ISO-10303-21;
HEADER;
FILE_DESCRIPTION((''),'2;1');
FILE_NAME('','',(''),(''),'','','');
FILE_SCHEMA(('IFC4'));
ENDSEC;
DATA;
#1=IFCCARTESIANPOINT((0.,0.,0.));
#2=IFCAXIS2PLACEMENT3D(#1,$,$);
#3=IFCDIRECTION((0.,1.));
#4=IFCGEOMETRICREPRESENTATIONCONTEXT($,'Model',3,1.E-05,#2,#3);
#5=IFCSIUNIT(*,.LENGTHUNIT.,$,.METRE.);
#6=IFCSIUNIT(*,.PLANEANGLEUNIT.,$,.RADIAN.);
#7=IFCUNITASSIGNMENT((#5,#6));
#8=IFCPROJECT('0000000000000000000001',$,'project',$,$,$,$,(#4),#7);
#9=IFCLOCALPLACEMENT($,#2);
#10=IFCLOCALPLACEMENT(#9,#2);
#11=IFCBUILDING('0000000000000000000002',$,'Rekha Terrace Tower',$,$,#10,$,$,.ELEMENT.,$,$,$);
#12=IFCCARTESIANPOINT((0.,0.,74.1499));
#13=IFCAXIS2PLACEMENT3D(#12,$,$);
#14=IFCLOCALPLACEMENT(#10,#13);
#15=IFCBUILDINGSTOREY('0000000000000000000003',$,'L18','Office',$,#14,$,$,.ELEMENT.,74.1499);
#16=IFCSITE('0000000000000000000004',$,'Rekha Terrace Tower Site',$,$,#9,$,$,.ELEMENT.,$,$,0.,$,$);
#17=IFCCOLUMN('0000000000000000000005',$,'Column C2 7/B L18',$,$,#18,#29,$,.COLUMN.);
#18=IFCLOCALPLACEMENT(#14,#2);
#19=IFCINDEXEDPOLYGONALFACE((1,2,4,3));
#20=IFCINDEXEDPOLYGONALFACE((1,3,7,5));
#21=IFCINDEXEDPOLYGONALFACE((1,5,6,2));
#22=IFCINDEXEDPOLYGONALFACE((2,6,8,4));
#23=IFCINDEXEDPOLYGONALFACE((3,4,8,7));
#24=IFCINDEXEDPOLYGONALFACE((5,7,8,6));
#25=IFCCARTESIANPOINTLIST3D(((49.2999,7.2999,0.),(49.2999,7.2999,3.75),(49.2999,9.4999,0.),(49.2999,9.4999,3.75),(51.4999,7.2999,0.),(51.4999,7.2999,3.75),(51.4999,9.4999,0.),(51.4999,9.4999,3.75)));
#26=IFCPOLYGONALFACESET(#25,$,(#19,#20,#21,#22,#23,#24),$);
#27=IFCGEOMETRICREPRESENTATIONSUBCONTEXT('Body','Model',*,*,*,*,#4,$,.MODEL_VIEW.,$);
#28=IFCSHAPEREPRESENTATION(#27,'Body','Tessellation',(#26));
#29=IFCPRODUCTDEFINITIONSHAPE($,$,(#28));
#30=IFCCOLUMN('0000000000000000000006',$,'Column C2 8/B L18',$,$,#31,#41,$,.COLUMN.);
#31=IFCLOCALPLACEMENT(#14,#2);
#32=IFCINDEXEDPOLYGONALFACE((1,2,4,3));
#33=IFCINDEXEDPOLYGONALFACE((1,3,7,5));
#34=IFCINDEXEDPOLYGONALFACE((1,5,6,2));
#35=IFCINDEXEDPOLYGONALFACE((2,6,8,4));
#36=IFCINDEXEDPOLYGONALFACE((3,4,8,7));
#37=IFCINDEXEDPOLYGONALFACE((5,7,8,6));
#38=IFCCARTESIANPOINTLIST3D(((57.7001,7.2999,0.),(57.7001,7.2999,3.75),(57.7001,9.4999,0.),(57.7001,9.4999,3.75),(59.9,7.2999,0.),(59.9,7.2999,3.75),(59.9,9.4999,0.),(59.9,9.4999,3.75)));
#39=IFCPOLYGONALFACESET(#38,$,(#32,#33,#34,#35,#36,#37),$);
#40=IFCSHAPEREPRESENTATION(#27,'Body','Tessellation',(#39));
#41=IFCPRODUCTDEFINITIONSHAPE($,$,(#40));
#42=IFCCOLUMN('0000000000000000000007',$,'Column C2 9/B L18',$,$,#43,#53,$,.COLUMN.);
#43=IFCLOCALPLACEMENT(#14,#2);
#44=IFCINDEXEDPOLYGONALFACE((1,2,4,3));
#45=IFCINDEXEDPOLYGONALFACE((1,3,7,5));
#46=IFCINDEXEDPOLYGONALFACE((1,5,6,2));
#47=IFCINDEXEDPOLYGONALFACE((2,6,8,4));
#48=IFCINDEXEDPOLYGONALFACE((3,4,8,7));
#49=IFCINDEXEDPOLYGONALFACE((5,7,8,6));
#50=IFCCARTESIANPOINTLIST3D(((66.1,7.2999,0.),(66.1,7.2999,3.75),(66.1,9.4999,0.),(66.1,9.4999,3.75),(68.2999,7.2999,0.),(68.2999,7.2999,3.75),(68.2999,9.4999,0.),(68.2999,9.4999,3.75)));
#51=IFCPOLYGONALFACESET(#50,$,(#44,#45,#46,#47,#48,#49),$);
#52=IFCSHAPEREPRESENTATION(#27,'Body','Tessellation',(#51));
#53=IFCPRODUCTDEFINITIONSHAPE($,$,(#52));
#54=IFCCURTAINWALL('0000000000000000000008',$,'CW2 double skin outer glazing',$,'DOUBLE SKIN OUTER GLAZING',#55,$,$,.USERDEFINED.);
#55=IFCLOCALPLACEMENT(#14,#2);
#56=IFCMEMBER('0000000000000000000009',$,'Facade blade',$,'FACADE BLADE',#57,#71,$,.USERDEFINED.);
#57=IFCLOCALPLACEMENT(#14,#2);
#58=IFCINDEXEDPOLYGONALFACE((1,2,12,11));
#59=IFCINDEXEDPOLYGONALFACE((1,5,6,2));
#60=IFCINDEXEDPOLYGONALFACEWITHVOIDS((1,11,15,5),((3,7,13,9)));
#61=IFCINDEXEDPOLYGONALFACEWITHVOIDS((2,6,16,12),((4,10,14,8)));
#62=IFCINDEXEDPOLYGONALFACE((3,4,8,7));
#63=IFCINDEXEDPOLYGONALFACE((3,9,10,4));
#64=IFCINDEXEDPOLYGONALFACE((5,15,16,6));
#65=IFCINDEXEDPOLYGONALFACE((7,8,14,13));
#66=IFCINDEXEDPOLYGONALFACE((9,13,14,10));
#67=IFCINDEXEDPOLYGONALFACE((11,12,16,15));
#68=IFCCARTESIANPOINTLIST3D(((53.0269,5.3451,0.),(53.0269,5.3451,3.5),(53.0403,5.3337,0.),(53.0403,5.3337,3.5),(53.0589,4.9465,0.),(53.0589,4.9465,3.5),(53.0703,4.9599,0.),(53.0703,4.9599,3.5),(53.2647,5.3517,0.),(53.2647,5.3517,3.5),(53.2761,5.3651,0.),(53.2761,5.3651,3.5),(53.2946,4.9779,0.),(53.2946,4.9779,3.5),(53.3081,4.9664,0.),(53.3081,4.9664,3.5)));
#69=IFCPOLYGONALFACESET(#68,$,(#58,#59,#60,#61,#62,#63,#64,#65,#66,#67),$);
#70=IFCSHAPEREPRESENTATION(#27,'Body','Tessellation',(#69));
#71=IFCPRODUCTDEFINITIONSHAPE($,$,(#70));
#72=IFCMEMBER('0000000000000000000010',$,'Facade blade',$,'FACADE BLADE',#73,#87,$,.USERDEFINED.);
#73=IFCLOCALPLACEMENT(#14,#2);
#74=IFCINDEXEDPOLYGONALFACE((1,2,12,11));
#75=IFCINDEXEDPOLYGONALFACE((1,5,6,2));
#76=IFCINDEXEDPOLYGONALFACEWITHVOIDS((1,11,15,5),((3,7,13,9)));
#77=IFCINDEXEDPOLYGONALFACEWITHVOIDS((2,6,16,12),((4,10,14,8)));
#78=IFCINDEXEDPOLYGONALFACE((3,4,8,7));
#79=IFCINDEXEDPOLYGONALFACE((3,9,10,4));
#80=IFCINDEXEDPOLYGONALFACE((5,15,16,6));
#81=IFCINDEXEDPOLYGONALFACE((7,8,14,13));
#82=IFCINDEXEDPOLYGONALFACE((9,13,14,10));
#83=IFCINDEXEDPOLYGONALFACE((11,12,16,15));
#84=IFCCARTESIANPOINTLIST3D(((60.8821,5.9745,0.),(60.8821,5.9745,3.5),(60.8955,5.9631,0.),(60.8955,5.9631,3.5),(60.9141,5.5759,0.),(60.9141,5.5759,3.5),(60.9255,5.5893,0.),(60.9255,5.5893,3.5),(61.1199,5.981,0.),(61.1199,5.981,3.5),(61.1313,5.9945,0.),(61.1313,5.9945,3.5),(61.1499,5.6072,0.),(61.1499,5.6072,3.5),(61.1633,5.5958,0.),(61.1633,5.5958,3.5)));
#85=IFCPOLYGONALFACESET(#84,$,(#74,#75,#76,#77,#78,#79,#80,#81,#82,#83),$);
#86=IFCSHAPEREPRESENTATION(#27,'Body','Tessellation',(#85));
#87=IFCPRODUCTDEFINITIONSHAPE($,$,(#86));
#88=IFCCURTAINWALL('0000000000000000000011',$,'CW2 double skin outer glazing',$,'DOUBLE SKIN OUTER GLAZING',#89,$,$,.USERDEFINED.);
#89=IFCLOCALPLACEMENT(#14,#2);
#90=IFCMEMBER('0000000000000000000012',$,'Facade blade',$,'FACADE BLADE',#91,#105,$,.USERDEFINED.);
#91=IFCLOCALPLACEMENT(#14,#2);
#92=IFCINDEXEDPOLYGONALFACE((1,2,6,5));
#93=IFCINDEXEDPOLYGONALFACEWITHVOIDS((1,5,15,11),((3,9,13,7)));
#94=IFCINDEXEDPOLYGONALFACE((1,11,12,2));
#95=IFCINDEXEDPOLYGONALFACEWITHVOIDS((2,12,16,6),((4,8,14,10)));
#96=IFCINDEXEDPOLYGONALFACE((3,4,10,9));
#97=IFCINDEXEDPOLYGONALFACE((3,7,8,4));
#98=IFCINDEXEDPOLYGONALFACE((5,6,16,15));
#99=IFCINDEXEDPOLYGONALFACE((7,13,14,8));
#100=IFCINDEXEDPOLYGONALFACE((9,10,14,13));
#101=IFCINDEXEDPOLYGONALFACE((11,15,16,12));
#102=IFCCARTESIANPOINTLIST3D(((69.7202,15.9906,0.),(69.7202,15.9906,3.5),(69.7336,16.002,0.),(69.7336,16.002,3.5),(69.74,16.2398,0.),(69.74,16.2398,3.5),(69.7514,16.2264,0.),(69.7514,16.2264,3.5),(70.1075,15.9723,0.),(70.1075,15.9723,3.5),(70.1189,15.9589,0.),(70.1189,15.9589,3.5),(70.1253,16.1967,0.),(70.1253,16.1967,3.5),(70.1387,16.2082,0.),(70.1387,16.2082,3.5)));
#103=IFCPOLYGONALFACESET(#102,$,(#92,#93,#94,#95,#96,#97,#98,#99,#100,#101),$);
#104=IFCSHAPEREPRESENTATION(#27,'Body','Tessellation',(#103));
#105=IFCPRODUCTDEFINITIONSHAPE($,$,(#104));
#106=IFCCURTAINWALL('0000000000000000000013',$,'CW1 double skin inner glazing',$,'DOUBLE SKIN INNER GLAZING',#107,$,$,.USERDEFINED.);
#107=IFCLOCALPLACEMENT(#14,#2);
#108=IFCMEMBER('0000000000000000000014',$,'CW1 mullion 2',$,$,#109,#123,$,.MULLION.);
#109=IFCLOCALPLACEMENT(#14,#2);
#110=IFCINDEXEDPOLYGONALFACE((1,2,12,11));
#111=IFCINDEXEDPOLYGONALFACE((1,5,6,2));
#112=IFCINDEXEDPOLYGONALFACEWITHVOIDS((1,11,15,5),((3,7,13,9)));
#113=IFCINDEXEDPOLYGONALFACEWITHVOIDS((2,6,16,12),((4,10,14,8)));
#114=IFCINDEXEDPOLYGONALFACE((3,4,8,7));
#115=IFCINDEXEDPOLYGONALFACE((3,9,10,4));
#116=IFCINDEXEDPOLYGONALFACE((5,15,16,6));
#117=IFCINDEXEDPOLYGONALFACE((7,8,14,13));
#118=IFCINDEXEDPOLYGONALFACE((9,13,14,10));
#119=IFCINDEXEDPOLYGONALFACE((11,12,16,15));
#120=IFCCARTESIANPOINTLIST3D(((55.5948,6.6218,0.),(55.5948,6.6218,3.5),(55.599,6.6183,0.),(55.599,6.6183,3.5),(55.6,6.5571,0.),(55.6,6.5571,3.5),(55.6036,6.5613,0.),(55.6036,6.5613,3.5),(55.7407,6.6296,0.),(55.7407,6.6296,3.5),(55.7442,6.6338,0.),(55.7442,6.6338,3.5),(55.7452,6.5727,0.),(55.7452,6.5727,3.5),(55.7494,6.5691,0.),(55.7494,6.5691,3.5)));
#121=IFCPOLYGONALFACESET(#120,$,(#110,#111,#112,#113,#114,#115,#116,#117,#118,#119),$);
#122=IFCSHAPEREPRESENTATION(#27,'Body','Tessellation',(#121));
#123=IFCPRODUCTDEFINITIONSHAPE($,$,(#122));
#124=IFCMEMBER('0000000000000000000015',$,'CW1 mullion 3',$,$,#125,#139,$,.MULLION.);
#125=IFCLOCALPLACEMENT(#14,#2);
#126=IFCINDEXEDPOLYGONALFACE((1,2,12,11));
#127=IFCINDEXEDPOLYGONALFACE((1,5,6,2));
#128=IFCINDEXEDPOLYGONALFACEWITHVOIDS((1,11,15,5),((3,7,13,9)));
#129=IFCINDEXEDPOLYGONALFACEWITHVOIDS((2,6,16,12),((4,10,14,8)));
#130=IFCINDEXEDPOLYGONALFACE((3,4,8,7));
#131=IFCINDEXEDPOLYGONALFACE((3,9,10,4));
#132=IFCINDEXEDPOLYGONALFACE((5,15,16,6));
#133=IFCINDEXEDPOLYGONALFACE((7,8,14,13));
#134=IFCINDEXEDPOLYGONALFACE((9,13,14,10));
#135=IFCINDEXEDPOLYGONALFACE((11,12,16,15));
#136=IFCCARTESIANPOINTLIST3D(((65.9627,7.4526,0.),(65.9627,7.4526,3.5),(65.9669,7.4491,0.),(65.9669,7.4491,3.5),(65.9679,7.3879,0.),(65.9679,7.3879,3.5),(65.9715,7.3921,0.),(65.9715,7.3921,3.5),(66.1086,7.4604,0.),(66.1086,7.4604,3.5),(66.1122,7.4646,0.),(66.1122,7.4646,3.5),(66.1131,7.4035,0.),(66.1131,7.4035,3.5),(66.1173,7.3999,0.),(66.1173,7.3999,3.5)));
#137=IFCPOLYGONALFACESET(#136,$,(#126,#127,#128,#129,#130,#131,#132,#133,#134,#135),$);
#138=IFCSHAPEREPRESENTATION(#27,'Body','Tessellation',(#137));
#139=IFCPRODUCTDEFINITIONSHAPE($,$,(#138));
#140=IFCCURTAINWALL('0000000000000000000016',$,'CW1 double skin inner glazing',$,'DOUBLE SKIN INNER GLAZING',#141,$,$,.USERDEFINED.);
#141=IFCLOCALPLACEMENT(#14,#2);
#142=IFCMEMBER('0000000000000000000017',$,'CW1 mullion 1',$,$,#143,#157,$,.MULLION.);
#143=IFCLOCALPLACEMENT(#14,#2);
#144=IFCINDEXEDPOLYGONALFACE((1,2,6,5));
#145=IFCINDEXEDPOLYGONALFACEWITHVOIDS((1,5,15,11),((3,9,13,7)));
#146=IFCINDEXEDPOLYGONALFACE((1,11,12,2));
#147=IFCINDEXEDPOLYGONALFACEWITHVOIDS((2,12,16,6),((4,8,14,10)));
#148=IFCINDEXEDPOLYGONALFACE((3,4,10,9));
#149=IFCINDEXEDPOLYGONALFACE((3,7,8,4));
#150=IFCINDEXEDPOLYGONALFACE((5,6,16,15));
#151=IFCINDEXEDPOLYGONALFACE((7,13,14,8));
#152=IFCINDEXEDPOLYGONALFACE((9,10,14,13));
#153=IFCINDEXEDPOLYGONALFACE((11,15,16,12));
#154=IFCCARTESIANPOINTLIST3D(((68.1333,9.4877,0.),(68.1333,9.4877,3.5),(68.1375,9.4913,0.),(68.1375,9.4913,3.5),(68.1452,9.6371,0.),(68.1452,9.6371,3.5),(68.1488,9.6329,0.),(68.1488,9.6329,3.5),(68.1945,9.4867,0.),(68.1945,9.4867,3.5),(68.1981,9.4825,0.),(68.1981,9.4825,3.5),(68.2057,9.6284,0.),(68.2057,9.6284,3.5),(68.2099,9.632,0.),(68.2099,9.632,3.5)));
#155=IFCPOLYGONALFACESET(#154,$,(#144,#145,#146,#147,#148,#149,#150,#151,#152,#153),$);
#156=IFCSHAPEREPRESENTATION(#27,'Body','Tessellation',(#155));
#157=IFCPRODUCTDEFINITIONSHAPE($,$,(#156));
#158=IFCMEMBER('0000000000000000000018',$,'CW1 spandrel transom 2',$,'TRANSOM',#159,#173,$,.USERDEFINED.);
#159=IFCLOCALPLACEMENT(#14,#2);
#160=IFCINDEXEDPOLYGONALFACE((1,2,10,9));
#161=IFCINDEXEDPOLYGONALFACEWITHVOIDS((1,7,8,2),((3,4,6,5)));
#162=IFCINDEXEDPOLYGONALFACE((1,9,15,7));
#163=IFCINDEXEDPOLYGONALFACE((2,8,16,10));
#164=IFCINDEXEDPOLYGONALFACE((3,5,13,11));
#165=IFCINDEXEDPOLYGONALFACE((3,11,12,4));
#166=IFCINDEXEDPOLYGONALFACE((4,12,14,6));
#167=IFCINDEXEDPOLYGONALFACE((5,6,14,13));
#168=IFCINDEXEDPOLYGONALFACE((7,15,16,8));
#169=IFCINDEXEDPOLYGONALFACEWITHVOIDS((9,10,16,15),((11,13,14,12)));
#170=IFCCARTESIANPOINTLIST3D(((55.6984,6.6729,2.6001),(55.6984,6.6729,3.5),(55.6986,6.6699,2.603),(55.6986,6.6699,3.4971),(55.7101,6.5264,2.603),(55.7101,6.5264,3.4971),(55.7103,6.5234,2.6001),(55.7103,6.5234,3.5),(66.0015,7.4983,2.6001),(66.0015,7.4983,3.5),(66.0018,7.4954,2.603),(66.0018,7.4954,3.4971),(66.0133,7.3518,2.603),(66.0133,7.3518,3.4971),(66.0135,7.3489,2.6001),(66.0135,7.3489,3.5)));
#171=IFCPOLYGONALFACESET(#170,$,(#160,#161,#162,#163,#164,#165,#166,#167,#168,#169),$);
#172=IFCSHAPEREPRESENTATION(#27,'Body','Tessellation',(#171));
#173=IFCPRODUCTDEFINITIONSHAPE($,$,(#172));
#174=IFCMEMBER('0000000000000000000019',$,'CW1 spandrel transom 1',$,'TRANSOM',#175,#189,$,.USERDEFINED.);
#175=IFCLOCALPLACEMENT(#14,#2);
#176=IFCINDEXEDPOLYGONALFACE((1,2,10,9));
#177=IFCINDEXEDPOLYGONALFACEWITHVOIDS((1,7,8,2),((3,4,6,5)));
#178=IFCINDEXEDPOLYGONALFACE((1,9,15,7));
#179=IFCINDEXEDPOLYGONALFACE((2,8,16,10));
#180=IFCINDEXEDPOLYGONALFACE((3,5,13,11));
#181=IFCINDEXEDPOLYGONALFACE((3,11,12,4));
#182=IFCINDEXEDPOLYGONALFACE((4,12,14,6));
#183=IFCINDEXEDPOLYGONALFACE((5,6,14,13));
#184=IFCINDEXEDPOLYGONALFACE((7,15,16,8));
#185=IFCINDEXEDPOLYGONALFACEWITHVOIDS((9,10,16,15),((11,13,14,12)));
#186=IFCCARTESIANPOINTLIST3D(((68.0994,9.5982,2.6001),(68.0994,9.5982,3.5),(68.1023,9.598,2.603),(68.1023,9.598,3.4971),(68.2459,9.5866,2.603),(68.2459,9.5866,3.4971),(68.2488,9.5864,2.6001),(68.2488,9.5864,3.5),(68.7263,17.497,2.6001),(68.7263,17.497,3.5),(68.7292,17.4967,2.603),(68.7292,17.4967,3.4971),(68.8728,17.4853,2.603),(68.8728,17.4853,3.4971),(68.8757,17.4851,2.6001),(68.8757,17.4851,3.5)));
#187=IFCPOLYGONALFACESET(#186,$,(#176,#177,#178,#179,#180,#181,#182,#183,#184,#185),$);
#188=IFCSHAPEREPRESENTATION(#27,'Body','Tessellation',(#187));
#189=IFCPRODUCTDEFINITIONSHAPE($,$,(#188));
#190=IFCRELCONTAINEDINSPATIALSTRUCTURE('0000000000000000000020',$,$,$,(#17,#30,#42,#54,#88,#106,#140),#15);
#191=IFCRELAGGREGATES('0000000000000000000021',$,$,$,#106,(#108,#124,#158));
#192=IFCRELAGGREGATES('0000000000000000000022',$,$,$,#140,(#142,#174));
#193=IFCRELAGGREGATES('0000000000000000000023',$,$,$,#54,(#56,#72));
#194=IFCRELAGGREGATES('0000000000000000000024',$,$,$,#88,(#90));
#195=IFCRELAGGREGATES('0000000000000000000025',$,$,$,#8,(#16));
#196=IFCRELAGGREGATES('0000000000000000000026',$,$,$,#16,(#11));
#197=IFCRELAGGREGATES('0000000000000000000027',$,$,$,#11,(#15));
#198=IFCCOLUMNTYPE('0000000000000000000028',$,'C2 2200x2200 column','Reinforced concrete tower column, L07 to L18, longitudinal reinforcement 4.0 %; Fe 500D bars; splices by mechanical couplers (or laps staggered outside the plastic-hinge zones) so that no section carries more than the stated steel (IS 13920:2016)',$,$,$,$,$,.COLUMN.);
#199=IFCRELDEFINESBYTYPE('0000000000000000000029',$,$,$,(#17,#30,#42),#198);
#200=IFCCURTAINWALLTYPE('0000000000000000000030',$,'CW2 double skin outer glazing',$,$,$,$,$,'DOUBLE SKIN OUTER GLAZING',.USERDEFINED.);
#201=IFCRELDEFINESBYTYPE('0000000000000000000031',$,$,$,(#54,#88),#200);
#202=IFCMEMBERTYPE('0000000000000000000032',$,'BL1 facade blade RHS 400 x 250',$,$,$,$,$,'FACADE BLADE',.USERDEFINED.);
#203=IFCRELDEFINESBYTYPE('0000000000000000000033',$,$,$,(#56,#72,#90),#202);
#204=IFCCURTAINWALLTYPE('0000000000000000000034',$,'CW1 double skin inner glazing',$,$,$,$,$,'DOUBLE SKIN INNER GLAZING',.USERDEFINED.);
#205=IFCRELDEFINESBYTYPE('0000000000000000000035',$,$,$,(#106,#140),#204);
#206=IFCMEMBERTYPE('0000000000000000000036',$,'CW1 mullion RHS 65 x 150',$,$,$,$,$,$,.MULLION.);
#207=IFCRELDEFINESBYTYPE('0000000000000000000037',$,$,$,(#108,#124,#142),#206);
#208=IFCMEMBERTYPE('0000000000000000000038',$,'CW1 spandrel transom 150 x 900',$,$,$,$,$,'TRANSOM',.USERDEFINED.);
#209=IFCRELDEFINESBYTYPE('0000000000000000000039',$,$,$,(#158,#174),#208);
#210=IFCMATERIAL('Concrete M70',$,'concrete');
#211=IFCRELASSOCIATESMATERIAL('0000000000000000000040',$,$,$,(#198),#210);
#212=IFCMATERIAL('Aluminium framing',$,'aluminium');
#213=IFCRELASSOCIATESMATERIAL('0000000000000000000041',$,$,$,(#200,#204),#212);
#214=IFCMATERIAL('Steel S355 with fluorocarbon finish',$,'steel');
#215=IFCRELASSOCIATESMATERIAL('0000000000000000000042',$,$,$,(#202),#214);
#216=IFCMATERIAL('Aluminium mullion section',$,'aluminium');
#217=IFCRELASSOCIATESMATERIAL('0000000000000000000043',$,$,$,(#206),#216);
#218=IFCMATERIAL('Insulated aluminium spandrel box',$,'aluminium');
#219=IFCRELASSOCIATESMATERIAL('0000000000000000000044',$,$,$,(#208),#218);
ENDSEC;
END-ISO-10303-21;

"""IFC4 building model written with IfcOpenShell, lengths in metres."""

from ifc_helpers import new_model, si_unit, direction, frame, origin, origin_2d, place, context, subcontext, project, spatial, rectangle, hollow_rectangle, extrude, material, material_profile, profile_set, type_object, element, aggregate, save


model = new_model("IFC4")

# Units and contexts
model_context = context("Model", 3, precision=1e-05, world=origin(), true_north=direction((0.0, 1.0)))
body_context = subcontext(model_context, "Body", "Model", "MODEL_VIEW")
ifc_project = project(units=[si_unit("LENGTHUNIT", "METRE"), si_unit("PLANEANGLEUNIT", "RADIAN")], contexts=[model_context])

# Site, building, storey
site_placement = place(None, origin())
site = spatial("IfcSite", under=ifc_project, at=site_placement, Name="Rekha Terrace Tower Site", CompositionType="ELEMENT", RefElevation=0.0)
building_placement = place(site_placement, origin())
building = spatial("IfcBuilding", under=site, at=building_placement, Name="Rekha Terrace Tower", CompositionType="ELEMENT")
storey_placement = place(building_placement, frame((0.0, 0.0, 74.1499)))
storey = spatial("IfcBuildingStorey", under=building, at=storey_placement, Name="L18", Description="Office", CompositionType="ELEMENT", Elevation=74.1499)

# Columns
ifc_material_1 = material(Name="Concrete M70", Category="concrete")
ifc_material_profile_1 = material_profile(ifc_material_1, rectangle(XDim=2.2, YDim=2.2, at=origin_2d()), Name="RC 2200x2200")
ifc_profile_set_1 = profile_set([ifc_material_profile_1], Name="Concrete M70")
column_type = type_object("IfcColumnType", Name="C2 2200x2200 column", Description="Reinforced concrete tower column, L07 to L18, longitudinal reinforcement 4.0 %; Fe 500D bars; splices by mechanical couplers (or laps staggered outside the plastic-hinge zones) so that no section carries more than the stated steel (IS 13920:2016)", PredefinedType="COLUMN", material=ifc_profile_set_1)
for number, where, z_axis, x_axis, name in (
    (1, (50.3999, 8.3999, 0.0), (0.0, 0.0, 1.0), (1.0, 0.0, 0.0), "Column C2 7/B L18"),
    (2, (58.8, 8.3999, 0.0), (0.0, 0.0, 1.0), (1.0, 0.0, 0.0), "Column C2 8/B L18"),
    (3, (67.2, 8.3999, 0.0), (0.0, 0.0, 1.0), (1.0, 0.0, 0.0), "Column C2 9/B L18"),
):
    element("IfcColumn", number, at=place(storey_placement, frame(where, z_axis=z_axis, x_axis=x_axis)), inside=storey, type_object=column_type, Name=name, PredefinedType="COLUMN", context=body_context, shape_type="SweptSolid", body=[
        extrude(rectangle(XDim=2.2, YDim=2.2, at=origin_2d()), origin(), (0.0, 0.0, 1.0), 3.75),
    ])

# Curtain wall, members
ifc_material_2 = material(Name="Aluminium framing", Category="aluminium")
curtain_wall_type_1 = type_object("IfcCurtainWallType", Name="CW2 double skin outer glazing", ElementType="DOUBLE SKIN OUTER GLAZING", PredefinedType="USERDEFINED", material=ifc_material_2)
curtain_wall_1_placement = place(storey_placement, origin())
curtain_wall_1 = element("IfcCurtainWall", 4, at=curtain_wall_1_placement, inside=storey, type_object=curtain_wall_type_1, Name="CW2 double skin outer glazing", ObjectType="DOUBLE SKIN OUTER GLAZING", PredefinedType="USERDEFINED")
ifc_material_3 = material(Name="Steel S355 with fluorocarbon finish", Category="steel")
ifc_material_profile_2 = material_profile(ifc_material_3, hollow_rectangle(XDim=0.25, YDim=0.3999, WallThickness=0.0125, at=origin_2d()), Name="RHS400x250x12.5")
ifc_profile_set_2 = profile_set([ifc_material_profile_2], Name="Steel S355 with fluorocarbon finish")
member_type_1 = type_object("IfcMemberType", Name="BL1 facade blade RHS 400 x 250", ElementType="FACADE BLADE", PredefinedType="USERDEFINED", material=ifc_profile_set_2)
member_1_placement = place(storey_placement, frame((53.1675, 5.1558, 0.0), z_axis=(0.0, 0.0, 1.0), x_axis=(0.996805, 0.079872, 0.0)))
member_1 = element("IfcMember", 5, at=member_1_placement, type_object=member_type_1, Name="Facade blade", ObjectType="FACADE BLADE", PredefinedType="USERDEFINED", context=body_context, shape_type="SweptSolid", body=[
    extrude(hollow_rectangle(XDim=0.25, YDim=0.3999, WallThickness=0.0125, at=origin_2d()), origin(), (0.0, 0.0, 1.0), 3.5),
])
member_2_placement = place(storey_placement, frame((61.0227, 5.7852, 0.0), z_axis=(0.0, 0.0, 1.0), x_axis=(0.996805, 0.079872, 0.0)))
member_2 = element("IfcMember", 6, at=member_2_placement, type_object=member_type_1, Name="Facade blade", ObjectType="FACADE BLADE", PredefinedType="USERDEFINED", context=body_context, shape_type="SweptSolid", body=[
    extrude(hollow_rectangle(XDim=0.25, YDim=0.3999, WallThickness=0.0125, at=origin_2d()), origin(), (0.0, 0.0, 1.0), 3.5),
])

# Curtain wall, member
curtain_wall_2_placement = place(storey_placement, origin())
curtain_wall_2 = element("IfcCurtainWall", 7, at=curtain_wall_2_placement, inside=storey, type_object=curtain_wall_type_1, Name="CW2 double skin outer glazing", ObjectType="DOUBLE SKIN OUTER GLAZING", PredefinedType="USERDEFINED")
member_3_placement = place(storey_placement, frame((69.9294, 16.0994, 0.0), z_axis=(0.0, 0.0, 1.0), x_axis=(0.079117, 0.996865, 0.0)))
member_3 = element("IfcMember", 8, at=member_3_placement, type_object=member_type_1, Name="Facade blade", ObjectType="FACADE BLADE", PredefinedType="USERDEFINED", context=body_context, shape_type="SweptSolid", body=[
    extrude(hollow_rectangle(XDim=0.25, YDim=0.3999, WallThickness=0.0125, at=origin_2d()), origin(), (0.0, 0.0, 1.0), 3.5),
])

# Curtain wall, members
curtain_wall_type_2 = type_object("IfcCurtainWallType", Name="CW1 double skin inner glazing", ElementType="DOUBLE SKIN INNER GLAZING", PredefinedType="USERDEFINED", material=ifc_material_2)
curtain_wall_3_placement = place(storey_placement, origin())
curtain_wall_3 = element("IfcCurtainWall", 9, at=curtain_wall_3_placement, inside=storey, type_object=curtain_wall_type_2, Name="CW1 double skin inner glazing", ObjectType="DOUBLE SKIN INNER GLAZING", PredefinedType="USERDEFINED")
ifc_material_4 = material(Name="Aluminium mullion section", Category="aluminium")
ifc_material_profile_3 = material_profile(ifc_material_4, hollow_rectangle(XDim=0.0649, YDim=0.1499, WallThickness=0.0039, at=origin_2d()), Name="AL RHS 65x150")
ifc_profile_set_3 = profile_set([ifc_material_profile_3], Name="Aluminium mullion section")
member_type_2 = type_object("IfcMemberType", Name="CW1 mullion RHS 65 x 150", PredefinedType="MULLION", material=ifc_profile_set_3)
member_4_placement = place(storey_placement, frame((55.6721, 6.5955, 0.0), z_axis=(0.0, 0.0, 1.0), x_axis=(-0.079872, 0.996805, 0.0)))
member_4 = element("IfcMember", 10, at=member_4_placement, type_object=member_type_2, Name="CW1 mullion 2", PredefinedType="MULLION", context=body_context, shape_type="SweptSolid", body=[
    extrude(hollow_rectangle(XDim=0.0649, YDim=0.1499, WallThickness=0.0039, at=origin_2d()), origin(), (0.0, 0.0, 1.0), 3.5),
])
member_5_placement = place(storey_placement, frame((66.04, 7.4263, 0.0), z_axis=(0.0, 0.0, 1.0), x_axis=(-0.079872, 0.996805, 0.0)))
member_5 = element("IfcMember", 11, at=member_5_placement, type_object=member_type_2, Name="CW1 mullion 3", PredefinedType="MULLION", context=body_context, shape_type="SweptSolid", body=[
    extrude(hollow_rectangle(XDim=0.0649, YDim=0.1499, WallThickness=0.0039, at=origin_2d()), origin(), (0.0, 0.0, 1.0), 3.5),
])

# Curtain wall, member
curtain_wall_4_placement = place(storey_placement, origin())
curtain_wall_4 = element("IfcCurtainWall", 12, at=curtain_wall_4_placement, inside=storey, type_object=curtain_wall_type_2, Name="CW1 double skin inner glazing", ObjectType="DOUBLE SKIN INNER GLAZING", PredefinedType="USERDEFINED")
member_6_placement = place(storey_placement, frame((68.1716, 9.5598, 0.0), z_axis=(0.0, 0.0, 1.0), x_axis=(-0.996865, 0.079116, 0.0)))
member_6 = element("IfcMember", 13, at=member_6_placement, type_object=member_type_2, Name="CW1 mullion 1", PredefinedType="MULLION", context=body_context, shape_type="SweptSolid", body=[
    extrude(hollow_rectangle(XDim=0.0649, YDim=0.1499, WallThickness=0.0039, at=origin_2d()), origin(), (0.0, 0.0, 1.0), 3.5),
])

# Members
ifc_material_5 = material(Name="Insulated aluminium spandrel box", Category="aluminium")
ifc_material_profile_4 = material_profile(ifc_material_5, hollow_rectangle(XDim=0.1499, YDim=0.8999, WallThickness=0.0029, at=origin_2d()), Name="AL SPANDREL BOX 150x900")
ifc_profile_set_4 = profile_set([ifc_material_profile_4], Name="Insulated aluminium spandrel box")
member_type_3 = type_object("IfcMemberType", Name="CW1 spandrel transom 150 x 900", ElementType="TRANSOM", PredefinedType="USERDEFINED", material=ifc_profile_set_4)
member_7_placement = place(storey_placement, frame((55.7043, 6.5981, 3.05), z_axis=(0.996806, 0.079859, 0.0), x_axis=(-0.079859, 0.996806, 0.0)))
member_7 = element("IfcMember", 14, at=member_7_placement, type_object=member_type_3, Name="CW1 spandrel transom 2", ObjectType="TRANSOM", PredefinedType="USERDEFINED", context=body_context, shape_type="SweptSolid", body=[
    extrude(hollow_rectangle(XDim=0.1499, YDim=0.8999, WallThickness=0.0029, at=origin_2d()), origin(), (0.0, 0.0, 1.0), 10.3362),
])
member_8_placement = place(storey_placement, frame((68.1741, 9.5923, 3.05), z_axis=(0.079126, 0.996865, 0.0), x_axis=(-0.996865, 0.079126, 0.0)))
member_8 = element("IfcMember", 15, at=member_8_placement, type_object=member_type_3, Name="CW1 spandrel transom 1", ObjectType="TRANSOM", PredefinedType="USERDEFINED", context=body_context, shape_type="SweptSolid", body=[
    extrude(hollow_rectangle(XDim=0.1499, YDim=0.8999, WallThickness=0.0029, at=origin_2d()), origin(), (0.0, 0.0, 1.0), 7.9236),
])

aggregate(curtain_wall_3, [member_4, member_5, member_7])
aggregate(curtain_wall_4, [member_6, member_8])
aggregate(curtain_wall_1, [member_1, member_2])
aggregate(curtain_wall_2, [member_3])

save(model, "model.ifc")
